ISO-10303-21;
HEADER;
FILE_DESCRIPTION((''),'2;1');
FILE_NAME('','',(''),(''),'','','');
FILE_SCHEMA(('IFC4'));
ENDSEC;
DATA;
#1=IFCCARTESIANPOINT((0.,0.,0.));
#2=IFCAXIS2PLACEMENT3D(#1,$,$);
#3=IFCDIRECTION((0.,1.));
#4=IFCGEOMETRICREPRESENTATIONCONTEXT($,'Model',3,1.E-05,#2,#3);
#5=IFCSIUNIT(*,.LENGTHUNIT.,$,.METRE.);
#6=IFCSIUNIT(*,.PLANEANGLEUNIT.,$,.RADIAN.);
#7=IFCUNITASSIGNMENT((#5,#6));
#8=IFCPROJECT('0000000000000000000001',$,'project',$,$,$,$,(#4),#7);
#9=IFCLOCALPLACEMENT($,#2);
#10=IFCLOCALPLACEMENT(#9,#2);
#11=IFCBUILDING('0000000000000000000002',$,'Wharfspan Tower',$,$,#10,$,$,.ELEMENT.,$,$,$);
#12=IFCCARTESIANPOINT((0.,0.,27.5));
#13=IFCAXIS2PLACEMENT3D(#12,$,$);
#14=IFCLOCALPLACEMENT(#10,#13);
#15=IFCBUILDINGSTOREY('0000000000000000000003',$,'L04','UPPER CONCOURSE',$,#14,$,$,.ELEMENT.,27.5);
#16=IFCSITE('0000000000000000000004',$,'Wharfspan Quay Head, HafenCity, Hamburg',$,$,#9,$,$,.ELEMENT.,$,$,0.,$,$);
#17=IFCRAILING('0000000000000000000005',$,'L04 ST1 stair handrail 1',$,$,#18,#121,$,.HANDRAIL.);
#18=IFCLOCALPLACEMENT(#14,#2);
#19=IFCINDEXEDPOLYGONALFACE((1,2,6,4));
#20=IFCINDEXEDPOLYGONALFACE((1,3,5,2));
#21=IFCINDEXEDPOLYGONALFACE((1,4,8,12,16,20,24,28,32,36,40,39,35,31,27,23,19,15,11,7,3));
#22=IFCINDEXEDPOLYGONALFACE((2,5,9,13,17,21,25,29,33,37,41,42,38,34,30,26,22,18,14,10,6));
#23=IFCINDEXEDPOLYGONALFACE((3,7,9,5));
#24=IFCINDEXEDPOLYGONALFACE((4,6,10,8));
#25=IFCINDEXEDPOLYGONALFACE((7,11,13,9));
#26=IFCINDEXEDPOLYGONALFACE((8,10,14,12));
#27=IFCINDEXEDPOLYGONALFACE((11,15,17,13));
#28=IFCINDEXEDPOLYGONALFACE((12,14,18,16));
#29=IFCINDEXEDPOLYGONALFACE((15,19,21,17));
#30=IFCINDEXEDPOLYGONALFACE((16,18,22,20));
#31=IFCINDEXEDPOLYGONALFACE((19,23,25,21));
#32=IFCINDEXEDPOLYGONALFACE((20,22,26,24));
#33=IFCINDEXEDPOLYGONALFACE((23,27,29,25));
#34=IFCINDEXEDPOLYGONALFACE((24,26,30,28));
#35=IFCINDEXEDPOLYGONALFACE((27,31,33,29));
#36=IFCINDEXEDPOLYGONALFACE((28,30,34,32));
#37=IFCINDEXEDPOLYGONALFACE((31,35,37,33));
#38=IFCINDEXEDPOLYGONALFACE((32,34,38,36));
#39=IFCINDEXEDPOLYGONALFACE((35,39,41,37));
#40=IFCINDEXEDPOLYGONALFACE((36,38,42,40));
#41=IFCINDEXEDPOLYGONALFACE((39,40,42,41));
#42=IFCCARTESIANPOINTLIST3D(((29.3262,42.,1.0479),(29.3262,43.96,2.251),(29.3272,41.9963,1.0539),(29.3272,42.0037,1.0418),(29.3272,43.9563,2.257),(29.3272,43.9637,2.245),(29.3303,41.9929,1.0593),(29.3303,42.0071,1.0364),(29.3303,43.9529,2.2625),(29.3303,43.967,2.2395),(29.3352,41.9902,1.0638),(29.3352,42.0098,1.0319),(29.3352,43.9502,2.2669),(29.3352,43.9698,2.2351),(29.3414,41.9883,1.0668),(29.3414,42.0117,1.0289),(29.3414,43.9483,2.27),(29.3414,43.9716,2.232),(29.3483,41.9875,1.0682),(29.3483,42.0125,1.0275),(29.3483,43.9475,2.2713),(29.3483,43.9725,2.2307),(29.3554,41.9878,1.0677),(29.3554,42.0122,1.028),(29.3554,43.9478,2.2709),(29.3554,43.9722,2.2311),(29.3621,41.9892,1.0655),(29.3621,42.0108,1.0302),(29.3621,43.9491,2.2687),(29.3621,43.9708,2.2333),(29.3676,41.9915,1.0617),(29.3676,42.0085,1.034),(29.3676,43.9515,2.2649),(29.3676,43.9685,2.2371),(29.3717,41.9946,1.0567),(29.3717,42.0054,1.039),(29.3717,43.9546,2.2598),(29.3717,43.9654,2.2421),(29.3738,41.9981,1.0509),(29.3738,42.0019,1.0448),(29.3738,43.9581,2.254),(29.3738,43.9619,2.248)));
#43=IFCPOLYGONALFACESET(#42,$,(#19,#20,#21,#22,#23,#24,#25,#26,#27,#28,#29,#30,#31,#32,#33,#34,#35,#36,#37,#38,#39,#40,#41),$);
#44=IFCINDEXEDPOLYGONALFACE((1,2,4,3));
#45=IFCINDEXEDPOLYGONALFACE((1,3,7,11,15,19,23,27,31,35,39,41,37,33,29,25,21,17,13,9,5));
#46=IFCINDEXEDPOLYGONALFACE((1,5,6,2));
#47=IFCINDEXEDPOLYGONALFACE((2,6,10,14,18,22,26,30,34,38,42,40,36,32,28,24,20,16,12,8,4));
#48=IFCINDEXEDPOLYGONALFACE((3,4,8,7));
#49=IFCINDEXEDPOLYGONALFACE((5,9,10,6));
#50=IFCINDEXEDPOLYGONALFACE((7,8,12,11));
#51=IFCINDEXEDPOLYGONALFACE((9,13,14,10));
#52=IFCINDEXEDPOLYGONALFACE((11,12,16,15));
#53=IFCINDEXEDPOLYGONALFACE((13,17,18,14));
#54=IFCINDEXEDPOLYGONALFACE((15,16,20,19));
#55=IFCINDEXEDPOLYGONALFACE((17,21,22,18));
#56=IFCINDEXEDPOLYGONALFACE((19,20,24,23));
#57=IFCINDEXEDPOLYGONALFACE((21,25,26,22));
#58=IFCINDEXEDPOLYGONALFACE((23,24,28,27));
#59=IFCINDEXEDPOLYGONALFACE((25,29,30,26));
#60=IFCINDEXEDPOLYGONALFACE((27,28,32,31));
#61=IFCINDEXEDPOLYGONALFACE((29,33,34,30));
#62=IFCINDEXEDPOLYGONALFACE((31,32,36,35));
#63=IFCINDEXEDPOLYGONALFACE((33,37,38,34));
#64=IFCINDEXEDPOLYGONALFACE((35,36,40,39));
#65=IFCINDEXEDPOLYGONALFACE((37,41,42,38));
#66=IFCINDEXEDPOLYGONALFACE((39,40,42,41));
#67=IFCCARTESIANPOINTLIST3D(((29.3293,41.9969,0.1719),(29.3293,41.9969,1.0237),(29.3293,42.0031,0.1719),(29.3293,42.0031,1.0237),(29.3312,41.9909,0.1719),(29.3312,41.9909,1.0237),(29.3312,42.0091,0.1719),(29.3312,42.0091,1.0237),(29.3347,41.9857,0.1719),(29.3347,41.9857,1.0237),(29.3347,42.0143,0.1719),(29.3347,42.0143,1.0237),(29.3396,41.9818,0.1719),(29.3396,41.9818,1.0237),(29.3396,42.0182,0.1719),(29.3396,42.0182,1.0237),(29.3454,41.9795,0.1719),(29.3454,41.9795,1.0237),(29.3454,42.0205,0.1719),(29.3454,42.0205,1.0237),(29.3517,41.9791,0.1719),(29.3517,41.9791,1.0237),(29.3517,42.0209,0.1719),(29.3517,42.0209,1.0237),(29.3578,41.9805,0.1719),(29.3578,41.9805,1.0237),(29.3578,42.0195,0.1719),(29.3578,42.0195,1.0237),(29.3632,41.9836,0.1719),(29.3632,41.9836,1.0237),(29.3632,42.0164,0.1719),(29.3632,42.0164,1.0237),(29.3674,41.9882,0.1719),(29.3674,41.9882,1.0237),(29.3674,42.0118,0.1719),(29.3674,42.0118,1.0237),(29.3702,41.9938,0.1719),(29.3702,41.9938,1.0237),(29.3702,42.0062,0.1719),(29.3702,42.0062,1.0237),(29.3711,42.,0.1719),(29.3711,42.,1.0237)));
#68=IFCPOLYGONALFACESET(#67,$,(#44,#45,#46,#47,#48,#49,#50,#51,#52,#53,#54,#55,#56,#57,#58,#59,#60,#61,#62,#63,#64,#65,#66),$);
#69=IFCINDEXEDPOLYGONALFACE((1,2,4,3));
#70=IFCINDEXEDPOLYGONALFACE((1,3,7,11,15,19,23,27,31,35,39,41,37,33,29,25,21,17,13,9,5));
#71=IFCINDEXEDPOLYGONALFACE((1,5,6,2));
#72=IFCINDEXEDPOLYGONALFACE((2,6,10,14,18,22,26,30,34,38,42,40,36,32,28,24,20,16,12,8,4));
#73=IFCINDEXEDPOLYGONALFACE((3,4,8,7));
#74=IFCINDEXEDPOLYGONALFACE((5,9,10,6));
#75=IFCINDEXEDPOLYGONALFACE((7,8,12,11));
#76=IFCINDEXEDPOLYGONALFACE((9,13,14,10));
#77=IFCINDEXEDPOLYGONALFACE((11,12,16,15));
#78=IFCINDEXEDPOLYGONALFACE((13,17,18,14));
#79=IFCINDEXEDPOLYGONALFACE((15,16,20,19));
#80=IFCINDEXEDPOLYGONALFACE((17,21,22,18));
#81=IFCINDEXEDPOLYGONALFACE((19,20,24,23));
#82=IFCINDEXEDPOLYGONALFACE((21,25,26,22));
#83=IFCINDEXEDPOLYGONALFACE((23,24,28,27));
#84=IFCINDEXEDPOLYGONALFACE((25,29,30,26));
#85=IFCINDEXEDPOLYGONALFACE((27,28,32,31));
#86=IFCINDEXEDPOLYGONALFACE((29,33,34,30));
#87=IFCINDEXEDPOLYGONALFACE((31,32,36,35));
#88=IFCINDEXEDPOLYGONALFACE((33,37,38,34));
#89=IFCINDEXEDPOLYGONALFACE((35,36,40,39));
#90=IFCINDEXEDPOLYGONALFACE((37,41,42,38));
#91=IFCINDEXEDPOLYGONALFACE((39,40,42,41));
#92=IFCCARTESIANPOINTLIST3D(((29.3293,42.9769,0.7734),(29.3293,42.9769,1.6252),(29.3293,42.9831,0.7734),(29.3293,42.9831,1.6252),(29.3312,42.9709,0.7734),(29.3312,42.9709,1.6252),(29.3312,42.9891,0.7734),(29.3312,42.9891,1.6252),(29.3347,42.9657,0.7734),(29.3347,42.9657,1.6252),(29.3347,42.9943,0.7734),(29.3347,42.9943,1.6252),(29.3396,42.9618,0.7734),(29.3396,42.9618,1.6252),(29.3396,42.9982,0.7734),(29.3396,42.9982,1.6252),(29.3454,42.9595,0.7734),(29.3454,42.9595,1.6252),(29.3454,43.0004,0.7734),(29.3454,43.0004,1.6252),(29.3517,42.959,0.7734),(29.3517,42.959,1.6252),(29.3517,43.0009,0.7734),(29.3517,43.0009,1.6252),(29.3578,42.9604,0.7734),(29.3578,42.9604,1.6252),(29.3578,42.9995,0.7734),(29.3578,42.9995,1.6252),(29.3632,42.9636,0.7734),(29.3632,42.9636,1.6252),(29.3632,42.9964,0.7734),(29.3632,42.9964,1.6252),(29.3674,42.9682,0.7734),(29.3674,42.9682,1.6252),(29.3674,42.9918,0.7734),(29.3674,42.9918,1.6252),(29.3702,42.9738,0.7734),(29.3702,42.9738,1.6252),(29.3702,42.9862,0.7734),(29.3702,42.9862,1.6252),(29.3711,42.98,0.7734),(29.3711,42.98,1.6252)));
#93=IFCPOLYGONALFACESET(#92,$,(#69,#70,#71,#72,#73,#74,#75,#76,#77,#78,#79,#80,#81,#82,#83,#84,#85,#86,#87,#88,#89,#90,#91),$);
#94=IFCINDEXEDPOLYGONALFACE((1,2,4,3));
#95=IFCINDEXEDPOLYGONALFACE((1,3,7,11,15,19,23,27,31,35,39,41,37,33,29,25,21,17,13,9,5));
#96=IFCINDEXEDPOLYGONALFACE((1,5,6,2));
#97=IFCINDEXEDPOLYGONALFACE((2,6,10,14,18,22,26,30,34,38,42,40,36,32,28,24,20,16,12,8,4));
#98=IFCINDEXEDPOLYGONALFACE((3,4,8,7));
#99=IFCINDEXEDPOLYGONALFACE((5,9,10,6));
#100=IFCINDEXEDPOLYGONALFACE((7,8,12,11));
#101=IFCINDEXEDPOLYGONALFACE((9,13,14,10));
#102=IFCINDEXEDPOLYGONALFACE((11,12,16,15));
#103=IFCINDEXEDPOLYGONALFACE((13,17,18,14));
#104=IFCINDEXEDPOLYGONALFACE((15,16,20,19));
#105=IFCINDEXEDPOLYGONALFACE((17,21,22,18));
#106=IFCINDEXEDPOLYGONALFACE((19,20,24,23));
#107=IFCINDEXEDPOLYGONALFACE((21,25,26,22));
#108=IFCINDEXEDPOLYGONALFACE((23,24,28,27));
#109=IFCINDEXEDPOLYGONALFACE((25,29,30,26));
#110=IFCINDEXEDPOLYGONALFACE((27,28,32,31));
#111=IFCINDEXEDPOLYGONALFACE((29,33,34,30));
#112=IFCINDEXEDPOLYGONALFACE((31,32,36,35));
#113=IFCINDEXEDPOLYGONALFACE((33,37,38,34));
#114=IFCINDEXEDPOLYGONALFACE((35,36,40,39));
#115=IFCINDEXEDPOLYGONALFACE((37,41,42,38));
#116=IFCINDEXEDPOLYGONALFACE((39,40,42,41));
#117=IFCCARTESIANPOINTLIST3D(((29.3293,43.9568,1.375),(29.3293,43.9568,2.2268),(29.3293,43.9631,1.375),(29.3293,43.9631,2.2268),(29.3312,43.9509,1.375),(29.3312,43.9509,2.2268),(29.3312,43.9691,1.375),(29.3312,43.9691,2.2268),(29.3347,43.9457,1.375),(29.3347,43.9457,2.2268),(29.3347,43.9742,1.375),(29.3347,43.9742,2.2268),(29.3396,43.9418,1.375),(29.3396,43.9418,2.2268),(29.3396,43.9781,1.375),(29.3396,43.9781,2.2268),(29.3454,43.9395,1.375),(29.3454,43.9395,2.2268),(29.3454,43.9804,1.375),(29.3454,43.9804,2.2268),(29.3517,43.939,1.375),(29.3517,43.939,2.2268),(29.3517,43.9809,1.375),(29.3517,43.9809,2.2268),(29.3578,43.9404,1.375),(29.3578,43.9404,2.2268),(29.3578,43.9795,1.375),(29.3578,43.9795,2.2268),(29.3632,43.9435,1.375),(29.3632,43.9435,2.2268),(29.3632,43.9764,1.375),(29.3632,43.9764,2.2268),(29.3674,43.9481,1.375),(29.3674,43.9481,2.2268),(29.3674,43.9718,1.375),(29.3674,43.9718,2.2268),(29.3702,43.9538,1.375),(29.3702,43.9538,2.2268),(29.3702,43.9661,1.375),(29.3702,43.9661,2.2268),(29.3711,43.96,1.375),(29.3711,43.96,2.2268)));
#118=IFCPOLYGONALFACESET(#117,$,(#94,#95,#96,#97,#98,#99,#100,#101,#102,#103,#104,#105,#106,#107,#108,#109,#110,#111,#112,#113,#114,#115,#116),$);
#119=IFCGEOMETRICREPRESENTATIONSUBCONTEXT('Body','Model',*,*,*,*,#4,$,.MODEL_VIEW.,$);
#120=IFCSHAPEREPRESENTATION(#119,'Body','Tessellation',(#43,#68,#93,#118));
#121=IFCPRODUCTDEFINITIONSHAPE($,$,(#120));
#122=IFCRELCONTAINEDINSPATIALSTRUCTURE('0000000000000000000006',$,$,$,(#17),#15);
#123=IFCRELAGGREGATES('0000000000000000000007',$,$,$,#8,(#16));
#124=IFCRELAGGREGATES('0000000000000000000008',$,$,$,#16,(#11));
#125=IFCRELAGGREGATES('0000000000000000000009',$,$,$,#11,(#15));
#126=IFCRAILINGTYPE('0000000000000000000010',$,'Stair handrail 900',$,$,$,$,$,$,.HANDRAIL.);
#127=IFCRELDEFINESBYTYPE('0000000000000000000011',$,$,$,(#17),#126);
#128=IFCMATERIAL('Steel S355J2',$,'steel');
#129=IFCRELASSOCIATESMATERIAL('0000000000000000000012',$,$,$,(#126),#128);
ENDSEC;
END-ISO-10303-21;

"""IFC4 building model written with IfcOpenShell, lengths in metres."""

from ifc_helpers import new_model, si_unit, direction, frame, origin, origin_2d, place, context, subcontext, project, spatial, circle, extrude, material, type_object, element, save


model = new_model("IFC4")

# Units and contexts
model_context = context("Model", 3, precision=1e-05, world=origin(), true_north=direction((0.0, 1.0)))
body_context = subcontext(model_context, "Body", "Model", "MODEL_VIEW")
ifc_project = project(units=[si_unit("LENGTHUNIT", "METRE"), si_unit("PLANEANGLEUNIT", "RADIAN")], contexts=[model_context])

# Site, building, storey
site_placement = place(None, origin())
site = spatial("IfcSite", under=ifc_project, at=site_placement, Name="Wharfspan Quay Head, HafenCity, Hamburg", CompositionType="ELEMENT", RefElevation=0.0)
building_placement = place(site_placement, origin())
building = spatial("IfcBuilding", under=site, at=building_placement, Name="Wharfspan Tower", CompositionType="ELEMENT")
storey_placement = place(building_placement, frame((0.0, 0.0, 27.5)))
storey = spatial("IfcBuildingStorey", under=building, at=storey_placement, Name="L04", Description="UPPER CONCOURSE", CompositionType="ELEMENT", Elevation=27.5)

# Railing
ifc_material_1 = material(Name="Steel S355J2", Category="steel")
railing_type = type_object("IfcRailingType", Name="Stair handrail 900", PredefinedType="HANDRAIL", material=ifc_material_1)
railing_1_placement = place(storey_placement, frame((29.3501, 42.0, 0.1719)))
element("IfcRailing", 1, at=railing_1_placement, inside=storey, type_object=railing_type, Name="L04 ST1 stair handrail 1", PredefinedType="HANDRAIL", context=body_context, shape_type="SweptSolid", body=[
    extrude(circle(Radius=0.0239, at=origin_2d()), frame((0.0, 0.0, 0.876), z_axis=(0.0, 0.852241, 0.523149), x_axis=(-1.0, 0.0, 0.0)), (0.0, 0.0, 1.0), 2.2998),
    extrude(circle(Radius=0.021, at=origin_2d()), origin(), (0.0, 0.0, 1.0), 0.8518),
    extrude(circle(Radius=0.021, at=origin_2d()), frame((0.0, 0.98, 0.6016)), (0.0, 0.0, 1.0), 0.8518),
    extrude(circle(Radius=0.021, at=origin_2d()), frame((0.0, 1.96, 1.2031)), (0.0, 0.0, 1.0), 0.8518),
])

save(model, "model.ifc")
